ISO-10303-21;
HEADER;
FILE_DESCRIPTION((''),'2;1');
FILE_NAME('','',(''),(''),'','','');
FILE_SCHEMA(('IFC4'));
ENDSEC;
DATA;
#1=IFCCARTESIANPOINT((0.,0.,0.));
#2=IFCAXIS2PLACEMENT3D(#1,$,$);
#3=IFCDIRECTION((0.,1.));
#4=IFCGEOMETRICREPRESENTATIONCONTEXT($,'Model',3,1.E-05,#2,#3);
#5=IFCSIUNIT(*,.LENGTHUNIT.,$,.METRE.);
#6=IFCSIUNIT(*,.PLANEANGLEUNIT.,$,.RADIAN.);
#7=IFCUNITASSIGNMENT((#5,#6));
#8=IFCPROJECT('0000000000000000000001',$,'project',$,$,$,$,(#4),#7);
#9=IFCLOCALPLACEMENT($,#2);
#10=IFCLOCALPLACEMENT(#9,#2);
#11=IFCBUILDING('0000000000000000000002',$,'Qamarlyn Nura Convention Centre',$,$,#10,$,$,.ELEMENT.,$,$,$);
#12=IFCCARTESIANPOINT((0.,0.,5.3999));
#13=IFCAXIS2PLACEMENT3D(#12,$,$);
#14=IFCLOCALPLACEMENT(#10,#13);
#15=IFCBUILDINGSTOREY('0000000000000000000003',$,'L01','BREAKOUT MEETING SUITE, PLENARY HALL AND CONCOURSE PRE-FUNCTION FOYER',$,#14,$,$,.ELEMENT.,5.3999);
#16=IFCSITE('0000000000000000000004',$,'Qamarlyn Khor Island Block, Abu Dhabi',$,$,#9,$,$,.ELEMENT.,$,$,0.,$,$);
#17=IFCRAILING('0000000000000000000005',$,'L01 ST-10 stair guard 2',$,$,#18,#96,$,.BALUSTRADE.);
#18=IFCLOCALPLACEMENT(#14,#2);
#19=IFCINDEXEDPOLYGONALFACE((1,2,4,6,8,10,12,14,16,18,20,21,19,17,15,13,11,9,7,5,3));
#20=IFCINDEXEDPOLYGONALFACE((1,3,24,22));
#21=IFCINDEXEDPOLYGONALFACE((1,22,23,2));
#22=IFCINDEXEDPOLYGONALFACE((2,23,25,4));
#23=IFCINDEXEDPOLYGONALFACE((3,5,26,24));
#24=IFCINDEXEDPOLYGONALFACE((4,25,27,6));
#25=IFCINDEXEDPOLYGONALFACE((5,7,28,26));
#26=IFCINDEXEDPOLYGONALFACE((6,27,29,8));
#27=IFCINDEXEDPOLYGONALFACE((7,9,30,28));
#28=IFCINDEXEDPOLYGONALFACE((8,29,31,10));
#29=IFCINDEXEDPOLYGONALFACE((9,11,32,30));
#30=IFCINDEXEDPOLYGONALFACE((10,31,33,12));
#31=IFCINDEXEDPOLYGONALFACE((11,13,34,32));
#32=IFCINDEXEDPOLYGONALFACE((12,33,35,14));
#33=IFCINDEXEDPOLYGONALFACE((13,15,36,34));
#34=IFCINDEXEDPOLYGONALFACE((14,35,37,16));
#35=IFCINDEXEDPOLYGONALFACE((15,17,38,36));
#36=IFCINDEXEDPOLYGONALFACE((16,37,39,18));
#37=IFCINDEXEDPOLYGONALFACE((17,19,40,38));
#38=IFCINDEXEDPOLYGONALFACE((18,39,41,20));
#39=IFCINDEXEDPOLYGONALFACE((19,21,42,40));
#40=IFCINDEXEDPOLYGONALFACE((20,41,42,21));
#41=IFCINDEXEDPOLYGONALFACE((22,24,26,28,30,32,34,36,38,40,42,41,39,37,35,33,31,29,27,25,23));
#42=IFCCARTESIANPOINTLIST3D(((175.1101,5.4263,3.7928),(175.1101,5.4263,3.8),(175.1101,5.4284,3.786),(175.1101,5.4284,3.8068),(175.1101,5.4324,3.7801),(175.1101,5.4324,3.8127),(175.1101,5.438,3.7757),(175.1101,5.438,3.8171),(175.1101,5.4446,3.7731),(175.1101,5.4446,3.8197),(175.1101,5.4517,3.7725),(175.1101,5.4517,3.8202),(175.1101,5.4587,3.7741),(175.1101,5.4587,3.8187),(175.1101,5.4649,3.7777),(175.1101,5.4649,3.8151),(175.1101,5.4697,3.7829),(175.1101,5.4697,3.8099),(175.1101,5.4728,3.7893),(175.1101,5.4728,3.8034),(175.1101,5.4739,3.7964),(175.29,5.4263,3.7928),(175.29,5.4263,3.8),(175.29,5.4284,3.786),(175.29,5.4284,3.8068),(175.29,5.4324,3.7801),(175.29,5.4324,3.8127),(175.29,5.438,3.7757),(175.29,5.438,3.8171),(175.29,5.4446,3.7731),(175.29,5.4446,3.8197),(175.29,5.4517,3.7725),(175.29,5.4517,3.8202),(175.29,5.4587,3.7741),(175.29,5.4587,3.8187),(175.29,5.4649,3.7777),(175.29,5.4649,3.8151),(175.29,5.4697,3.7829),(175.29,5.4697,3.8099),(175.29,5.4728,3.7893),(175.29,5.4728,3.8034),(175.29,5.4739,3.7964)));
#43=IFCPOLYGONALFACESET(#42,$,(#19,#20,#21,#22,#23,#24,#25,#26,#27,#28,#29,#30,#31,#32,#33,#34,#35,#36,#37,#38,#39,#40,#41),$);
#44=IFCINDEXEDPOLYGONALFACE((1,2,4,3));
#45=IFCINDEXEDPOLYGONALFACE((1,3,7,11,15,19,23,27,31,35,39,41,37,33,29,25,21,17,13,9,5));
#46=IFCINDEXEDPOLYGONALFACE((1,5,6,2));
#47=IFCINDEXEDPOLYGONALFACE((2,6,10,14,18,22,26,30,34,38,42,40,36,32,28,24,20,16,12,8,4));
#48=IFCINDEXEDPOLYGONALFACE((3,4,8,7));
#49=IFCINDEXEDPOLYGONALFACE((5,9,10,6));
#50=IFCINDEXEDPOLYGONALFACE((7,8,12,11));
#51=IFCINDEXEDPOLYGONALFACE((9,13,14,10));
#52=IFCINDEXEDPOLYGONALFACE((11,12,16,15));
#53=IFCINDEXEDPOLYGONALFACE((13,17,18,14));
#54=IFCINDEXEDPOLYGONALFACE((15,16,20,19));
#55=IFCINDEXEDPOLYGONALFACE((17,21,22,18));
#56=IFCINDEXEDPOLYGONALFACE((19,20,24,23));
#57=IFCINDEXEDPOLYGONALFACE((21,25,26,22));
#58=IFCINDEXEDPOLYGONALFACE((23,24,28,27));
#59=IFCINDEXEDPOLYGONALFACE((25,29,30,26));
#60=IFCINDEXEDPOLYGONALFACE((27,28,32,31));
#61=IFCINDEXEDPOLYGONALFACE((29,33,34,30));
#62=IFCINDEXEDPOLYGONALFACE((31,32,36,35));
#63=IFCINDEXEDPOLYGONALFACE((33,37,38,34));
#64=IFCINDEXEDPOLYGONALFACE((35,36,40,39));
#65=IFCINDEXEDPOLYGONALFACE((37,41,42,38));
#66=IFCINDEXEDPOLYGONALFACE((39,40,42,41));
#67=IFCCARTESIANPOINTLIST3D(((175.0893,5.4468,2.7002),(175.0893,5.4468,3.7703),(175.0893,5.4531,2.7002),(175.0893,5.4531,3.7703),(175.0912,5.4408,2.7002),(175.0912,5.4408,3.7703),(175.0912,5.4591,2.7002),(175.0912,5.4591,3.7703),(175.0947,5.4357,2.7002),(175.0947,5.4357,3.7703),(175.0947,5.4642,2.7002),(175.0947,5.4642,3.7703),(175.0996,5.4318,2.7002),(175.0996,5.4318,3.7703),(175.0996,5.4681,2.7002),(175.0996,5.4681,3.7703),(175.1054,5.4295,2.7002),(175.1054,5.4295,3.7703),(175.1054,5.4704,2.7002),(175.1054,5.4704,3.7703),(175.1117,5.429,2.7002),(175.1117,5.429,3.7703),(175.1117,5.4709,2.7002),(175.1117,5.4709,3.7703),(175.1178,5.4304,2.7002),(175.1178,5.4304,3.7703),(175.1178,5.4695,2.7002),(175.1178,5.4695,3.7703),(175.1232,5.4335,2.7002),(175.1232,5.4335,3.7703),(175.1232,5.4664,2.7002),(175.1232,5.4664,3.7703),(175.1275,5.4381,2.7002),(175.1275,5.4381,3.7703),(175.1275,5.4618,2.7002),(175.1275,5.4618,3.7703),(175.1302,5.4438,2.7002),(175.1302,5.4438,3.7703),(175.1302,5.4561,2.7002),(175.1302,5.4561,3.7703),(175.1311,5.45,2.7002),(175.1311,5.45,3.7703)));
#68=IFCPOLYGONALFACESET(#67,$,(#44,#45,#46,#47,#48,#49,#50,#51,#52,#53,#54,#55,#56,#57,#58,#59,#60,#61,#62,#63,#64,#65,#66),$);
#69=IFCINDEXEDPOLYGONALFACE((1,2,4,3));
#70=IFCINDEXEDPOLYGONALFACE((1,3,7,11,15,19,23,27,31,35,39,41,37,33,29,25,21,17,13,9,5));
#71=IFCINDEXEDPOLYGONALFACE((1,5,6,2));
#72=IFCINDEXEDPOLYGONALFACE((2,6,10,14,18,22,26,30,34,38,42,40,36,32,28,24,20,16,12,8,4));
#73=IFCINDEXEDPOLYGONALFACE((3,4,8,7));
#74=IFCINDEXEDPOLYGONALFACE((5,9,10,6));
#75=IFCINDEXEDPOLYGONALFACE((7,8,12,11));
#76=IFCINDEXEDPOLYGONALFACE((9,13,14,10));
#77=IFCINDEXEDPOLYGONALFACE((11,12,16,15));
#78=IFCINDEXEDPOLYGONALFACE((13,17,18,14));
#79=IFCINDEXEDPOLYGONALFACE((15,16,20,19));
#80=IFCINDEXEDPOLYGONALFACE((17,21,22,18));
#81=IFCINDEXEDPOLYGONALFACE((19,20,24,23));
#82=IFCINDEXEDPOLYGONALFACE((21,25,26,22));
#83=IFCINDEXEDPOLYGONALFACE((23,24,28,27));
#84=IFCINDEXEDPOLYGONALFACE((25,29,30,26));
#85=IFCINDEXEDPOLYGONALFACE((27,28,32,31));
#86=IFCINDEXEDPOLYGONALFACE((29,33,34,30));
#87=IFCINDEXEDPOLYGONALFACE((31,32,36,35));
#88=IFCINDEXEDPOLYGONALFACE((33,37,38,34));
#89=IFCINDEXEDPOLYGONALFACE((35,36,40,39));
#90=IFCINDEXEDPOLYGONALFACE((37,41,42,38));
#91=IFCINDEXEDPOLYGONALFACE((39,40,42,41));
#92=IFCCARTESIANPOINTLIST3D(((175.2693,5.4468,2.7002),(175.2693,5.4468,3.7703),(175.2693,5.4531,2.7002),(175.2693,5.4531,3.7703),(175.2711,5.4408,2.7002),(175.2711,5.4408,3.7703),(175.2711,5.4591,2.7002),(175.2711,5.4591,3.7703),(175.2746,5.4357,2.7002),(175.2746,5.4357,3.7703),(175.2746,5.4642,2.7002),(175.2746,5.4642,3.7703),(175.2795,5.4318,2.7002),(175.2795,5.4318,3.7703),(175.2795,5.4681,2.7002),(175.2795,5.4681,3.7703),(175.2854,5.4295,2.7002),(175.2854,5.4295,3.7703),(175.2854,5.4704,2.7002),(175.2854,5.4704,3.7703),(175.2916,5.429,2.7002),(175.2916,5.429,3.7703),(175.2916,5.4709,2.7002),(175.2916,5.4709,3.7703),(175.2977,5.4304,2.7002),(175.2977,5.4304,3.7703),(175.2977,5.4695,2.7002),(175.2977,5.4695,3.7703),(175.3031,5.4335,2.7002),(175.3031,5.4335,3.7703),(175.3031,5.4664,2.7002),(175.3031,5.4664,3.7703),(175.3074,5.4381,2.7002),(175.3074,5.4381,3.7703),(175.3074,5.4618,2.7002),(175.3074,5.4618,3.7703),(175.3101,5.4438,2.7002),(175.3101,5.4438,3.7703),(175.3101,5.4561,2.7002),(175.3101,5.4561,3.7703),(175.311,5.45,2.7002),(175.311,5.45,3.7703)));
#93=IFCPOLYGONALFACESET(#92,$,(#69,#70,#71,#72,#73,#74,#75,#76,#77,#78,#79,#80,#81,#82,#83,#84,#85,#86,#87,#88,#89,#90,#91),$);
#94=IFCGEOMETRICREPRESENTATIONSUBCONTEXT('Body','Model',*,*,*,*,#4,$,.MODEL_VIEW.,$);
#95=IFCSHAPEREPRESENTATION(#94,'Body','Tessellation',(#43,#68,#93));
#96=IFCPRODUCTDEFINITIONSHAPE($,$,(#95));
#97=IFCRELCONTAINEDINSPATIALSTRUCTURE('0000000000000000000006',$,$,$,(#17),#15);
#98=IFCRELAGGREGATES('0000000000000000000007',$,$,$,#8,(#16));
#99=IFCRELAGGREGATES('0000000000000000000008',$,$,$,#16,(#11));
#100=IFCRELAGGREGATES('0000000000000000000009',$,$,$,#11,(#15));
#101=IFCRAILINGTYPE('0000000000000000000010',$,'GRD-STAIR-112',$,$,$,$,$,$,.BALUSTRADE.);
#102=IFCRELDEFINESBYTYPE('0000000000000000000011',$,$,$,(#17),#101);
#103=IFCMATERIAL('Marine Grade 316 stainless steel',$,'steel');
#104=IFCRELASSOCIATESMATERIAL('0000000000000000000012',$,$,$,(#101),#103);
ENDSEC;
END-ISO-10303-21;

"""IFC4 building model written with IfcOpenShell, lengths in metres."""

from ifc_helpers import new_model, si_unit, direction, frame, origin, origin_2d, place, context, subcontext, project, spatial, circle, extrude, material, type_object, element, save


model = new_model("IFC4")

# Units and contexts
model_context = context("Model", 3, precision=1e-05, world=origin(), true_north=direction((0.0, 1.0)))
body_context = subcontext(model_context, "Body", "Model", "MODEL_VIEW")
ifc_project = project(units=[si_unit("LENGTHUNIT", "METRE"), si_unit("PLANEANGLEUNIT", "RADIAN")], contexts=[model_context])

# Site, building, storey
site_placement = place(None, origin())
site = spatial("IfcSite", under=ifc_project, at=site_placement, Name="Qamarlyn Khor Island Block, Abu Dhabi", CompositionType="ELEMENT", RefElevation=0.0)
building_placement = place(site_placement, origin())
building = spatial("IfcBuilding", under=site, at=building_placement, Name="Qamarlyn Nura Convention Centre", CompositionType="ELEMENT")
storey_placement = place(building_placement, frame((0.0, 0.0, 5.3999)))
storey = spatial("IfcBuildingStorey", under=building, at=storey_placement, Name="L01", Description="BREAKOUT MEETING SUITE, PLENARY HALL AND CONCOURSE PRE-FUNCTION FOYER", CompositionType="ELEMENT", Elevation=5.3999)

# Railing
ifc_material_1 = material(Name="Marine Grade 316 stainless steel", Category="steel")
railing_type_1 = type_object("IfcRailingType", Name="GRD-STAIR-112", PredefinedType="BALUSTRADE", material=ifc_material_1)
railing_1_placement = place(storey_placement, frame((175.1101, 5.45, 2.7002)))
element("IfcRailing", 1, at=railing_1_placement, inside=storey, type_object=railing_type_1, Name="L01 ST-10 stair guard 2", PredefinedType="BALUSTRADE", context=body_context, shape_type="SweptSolid", body=[
    extrude(circle(Radius=0.0239, at=origin_2d()), frame((0.0, 0.0, 1.0962), z_axis=(1.0, 0.0, 0.0), x_axis=(0.0, 1.0, 0.0)), (0.0, 0.0, 1.0), 0.1799),
    extrude(circle(Radius=0.021, at=origin_2d()), origin(), (0.0, 0.0, 1.0), 1.0701),
    extrude(circle(Radius=0.021, at=origin_2d()), frame((0.1799, 0.0, 0.0)), (0.0, 0.0, 1.0), 1.0701),
])

save(model, "model.ifc")
